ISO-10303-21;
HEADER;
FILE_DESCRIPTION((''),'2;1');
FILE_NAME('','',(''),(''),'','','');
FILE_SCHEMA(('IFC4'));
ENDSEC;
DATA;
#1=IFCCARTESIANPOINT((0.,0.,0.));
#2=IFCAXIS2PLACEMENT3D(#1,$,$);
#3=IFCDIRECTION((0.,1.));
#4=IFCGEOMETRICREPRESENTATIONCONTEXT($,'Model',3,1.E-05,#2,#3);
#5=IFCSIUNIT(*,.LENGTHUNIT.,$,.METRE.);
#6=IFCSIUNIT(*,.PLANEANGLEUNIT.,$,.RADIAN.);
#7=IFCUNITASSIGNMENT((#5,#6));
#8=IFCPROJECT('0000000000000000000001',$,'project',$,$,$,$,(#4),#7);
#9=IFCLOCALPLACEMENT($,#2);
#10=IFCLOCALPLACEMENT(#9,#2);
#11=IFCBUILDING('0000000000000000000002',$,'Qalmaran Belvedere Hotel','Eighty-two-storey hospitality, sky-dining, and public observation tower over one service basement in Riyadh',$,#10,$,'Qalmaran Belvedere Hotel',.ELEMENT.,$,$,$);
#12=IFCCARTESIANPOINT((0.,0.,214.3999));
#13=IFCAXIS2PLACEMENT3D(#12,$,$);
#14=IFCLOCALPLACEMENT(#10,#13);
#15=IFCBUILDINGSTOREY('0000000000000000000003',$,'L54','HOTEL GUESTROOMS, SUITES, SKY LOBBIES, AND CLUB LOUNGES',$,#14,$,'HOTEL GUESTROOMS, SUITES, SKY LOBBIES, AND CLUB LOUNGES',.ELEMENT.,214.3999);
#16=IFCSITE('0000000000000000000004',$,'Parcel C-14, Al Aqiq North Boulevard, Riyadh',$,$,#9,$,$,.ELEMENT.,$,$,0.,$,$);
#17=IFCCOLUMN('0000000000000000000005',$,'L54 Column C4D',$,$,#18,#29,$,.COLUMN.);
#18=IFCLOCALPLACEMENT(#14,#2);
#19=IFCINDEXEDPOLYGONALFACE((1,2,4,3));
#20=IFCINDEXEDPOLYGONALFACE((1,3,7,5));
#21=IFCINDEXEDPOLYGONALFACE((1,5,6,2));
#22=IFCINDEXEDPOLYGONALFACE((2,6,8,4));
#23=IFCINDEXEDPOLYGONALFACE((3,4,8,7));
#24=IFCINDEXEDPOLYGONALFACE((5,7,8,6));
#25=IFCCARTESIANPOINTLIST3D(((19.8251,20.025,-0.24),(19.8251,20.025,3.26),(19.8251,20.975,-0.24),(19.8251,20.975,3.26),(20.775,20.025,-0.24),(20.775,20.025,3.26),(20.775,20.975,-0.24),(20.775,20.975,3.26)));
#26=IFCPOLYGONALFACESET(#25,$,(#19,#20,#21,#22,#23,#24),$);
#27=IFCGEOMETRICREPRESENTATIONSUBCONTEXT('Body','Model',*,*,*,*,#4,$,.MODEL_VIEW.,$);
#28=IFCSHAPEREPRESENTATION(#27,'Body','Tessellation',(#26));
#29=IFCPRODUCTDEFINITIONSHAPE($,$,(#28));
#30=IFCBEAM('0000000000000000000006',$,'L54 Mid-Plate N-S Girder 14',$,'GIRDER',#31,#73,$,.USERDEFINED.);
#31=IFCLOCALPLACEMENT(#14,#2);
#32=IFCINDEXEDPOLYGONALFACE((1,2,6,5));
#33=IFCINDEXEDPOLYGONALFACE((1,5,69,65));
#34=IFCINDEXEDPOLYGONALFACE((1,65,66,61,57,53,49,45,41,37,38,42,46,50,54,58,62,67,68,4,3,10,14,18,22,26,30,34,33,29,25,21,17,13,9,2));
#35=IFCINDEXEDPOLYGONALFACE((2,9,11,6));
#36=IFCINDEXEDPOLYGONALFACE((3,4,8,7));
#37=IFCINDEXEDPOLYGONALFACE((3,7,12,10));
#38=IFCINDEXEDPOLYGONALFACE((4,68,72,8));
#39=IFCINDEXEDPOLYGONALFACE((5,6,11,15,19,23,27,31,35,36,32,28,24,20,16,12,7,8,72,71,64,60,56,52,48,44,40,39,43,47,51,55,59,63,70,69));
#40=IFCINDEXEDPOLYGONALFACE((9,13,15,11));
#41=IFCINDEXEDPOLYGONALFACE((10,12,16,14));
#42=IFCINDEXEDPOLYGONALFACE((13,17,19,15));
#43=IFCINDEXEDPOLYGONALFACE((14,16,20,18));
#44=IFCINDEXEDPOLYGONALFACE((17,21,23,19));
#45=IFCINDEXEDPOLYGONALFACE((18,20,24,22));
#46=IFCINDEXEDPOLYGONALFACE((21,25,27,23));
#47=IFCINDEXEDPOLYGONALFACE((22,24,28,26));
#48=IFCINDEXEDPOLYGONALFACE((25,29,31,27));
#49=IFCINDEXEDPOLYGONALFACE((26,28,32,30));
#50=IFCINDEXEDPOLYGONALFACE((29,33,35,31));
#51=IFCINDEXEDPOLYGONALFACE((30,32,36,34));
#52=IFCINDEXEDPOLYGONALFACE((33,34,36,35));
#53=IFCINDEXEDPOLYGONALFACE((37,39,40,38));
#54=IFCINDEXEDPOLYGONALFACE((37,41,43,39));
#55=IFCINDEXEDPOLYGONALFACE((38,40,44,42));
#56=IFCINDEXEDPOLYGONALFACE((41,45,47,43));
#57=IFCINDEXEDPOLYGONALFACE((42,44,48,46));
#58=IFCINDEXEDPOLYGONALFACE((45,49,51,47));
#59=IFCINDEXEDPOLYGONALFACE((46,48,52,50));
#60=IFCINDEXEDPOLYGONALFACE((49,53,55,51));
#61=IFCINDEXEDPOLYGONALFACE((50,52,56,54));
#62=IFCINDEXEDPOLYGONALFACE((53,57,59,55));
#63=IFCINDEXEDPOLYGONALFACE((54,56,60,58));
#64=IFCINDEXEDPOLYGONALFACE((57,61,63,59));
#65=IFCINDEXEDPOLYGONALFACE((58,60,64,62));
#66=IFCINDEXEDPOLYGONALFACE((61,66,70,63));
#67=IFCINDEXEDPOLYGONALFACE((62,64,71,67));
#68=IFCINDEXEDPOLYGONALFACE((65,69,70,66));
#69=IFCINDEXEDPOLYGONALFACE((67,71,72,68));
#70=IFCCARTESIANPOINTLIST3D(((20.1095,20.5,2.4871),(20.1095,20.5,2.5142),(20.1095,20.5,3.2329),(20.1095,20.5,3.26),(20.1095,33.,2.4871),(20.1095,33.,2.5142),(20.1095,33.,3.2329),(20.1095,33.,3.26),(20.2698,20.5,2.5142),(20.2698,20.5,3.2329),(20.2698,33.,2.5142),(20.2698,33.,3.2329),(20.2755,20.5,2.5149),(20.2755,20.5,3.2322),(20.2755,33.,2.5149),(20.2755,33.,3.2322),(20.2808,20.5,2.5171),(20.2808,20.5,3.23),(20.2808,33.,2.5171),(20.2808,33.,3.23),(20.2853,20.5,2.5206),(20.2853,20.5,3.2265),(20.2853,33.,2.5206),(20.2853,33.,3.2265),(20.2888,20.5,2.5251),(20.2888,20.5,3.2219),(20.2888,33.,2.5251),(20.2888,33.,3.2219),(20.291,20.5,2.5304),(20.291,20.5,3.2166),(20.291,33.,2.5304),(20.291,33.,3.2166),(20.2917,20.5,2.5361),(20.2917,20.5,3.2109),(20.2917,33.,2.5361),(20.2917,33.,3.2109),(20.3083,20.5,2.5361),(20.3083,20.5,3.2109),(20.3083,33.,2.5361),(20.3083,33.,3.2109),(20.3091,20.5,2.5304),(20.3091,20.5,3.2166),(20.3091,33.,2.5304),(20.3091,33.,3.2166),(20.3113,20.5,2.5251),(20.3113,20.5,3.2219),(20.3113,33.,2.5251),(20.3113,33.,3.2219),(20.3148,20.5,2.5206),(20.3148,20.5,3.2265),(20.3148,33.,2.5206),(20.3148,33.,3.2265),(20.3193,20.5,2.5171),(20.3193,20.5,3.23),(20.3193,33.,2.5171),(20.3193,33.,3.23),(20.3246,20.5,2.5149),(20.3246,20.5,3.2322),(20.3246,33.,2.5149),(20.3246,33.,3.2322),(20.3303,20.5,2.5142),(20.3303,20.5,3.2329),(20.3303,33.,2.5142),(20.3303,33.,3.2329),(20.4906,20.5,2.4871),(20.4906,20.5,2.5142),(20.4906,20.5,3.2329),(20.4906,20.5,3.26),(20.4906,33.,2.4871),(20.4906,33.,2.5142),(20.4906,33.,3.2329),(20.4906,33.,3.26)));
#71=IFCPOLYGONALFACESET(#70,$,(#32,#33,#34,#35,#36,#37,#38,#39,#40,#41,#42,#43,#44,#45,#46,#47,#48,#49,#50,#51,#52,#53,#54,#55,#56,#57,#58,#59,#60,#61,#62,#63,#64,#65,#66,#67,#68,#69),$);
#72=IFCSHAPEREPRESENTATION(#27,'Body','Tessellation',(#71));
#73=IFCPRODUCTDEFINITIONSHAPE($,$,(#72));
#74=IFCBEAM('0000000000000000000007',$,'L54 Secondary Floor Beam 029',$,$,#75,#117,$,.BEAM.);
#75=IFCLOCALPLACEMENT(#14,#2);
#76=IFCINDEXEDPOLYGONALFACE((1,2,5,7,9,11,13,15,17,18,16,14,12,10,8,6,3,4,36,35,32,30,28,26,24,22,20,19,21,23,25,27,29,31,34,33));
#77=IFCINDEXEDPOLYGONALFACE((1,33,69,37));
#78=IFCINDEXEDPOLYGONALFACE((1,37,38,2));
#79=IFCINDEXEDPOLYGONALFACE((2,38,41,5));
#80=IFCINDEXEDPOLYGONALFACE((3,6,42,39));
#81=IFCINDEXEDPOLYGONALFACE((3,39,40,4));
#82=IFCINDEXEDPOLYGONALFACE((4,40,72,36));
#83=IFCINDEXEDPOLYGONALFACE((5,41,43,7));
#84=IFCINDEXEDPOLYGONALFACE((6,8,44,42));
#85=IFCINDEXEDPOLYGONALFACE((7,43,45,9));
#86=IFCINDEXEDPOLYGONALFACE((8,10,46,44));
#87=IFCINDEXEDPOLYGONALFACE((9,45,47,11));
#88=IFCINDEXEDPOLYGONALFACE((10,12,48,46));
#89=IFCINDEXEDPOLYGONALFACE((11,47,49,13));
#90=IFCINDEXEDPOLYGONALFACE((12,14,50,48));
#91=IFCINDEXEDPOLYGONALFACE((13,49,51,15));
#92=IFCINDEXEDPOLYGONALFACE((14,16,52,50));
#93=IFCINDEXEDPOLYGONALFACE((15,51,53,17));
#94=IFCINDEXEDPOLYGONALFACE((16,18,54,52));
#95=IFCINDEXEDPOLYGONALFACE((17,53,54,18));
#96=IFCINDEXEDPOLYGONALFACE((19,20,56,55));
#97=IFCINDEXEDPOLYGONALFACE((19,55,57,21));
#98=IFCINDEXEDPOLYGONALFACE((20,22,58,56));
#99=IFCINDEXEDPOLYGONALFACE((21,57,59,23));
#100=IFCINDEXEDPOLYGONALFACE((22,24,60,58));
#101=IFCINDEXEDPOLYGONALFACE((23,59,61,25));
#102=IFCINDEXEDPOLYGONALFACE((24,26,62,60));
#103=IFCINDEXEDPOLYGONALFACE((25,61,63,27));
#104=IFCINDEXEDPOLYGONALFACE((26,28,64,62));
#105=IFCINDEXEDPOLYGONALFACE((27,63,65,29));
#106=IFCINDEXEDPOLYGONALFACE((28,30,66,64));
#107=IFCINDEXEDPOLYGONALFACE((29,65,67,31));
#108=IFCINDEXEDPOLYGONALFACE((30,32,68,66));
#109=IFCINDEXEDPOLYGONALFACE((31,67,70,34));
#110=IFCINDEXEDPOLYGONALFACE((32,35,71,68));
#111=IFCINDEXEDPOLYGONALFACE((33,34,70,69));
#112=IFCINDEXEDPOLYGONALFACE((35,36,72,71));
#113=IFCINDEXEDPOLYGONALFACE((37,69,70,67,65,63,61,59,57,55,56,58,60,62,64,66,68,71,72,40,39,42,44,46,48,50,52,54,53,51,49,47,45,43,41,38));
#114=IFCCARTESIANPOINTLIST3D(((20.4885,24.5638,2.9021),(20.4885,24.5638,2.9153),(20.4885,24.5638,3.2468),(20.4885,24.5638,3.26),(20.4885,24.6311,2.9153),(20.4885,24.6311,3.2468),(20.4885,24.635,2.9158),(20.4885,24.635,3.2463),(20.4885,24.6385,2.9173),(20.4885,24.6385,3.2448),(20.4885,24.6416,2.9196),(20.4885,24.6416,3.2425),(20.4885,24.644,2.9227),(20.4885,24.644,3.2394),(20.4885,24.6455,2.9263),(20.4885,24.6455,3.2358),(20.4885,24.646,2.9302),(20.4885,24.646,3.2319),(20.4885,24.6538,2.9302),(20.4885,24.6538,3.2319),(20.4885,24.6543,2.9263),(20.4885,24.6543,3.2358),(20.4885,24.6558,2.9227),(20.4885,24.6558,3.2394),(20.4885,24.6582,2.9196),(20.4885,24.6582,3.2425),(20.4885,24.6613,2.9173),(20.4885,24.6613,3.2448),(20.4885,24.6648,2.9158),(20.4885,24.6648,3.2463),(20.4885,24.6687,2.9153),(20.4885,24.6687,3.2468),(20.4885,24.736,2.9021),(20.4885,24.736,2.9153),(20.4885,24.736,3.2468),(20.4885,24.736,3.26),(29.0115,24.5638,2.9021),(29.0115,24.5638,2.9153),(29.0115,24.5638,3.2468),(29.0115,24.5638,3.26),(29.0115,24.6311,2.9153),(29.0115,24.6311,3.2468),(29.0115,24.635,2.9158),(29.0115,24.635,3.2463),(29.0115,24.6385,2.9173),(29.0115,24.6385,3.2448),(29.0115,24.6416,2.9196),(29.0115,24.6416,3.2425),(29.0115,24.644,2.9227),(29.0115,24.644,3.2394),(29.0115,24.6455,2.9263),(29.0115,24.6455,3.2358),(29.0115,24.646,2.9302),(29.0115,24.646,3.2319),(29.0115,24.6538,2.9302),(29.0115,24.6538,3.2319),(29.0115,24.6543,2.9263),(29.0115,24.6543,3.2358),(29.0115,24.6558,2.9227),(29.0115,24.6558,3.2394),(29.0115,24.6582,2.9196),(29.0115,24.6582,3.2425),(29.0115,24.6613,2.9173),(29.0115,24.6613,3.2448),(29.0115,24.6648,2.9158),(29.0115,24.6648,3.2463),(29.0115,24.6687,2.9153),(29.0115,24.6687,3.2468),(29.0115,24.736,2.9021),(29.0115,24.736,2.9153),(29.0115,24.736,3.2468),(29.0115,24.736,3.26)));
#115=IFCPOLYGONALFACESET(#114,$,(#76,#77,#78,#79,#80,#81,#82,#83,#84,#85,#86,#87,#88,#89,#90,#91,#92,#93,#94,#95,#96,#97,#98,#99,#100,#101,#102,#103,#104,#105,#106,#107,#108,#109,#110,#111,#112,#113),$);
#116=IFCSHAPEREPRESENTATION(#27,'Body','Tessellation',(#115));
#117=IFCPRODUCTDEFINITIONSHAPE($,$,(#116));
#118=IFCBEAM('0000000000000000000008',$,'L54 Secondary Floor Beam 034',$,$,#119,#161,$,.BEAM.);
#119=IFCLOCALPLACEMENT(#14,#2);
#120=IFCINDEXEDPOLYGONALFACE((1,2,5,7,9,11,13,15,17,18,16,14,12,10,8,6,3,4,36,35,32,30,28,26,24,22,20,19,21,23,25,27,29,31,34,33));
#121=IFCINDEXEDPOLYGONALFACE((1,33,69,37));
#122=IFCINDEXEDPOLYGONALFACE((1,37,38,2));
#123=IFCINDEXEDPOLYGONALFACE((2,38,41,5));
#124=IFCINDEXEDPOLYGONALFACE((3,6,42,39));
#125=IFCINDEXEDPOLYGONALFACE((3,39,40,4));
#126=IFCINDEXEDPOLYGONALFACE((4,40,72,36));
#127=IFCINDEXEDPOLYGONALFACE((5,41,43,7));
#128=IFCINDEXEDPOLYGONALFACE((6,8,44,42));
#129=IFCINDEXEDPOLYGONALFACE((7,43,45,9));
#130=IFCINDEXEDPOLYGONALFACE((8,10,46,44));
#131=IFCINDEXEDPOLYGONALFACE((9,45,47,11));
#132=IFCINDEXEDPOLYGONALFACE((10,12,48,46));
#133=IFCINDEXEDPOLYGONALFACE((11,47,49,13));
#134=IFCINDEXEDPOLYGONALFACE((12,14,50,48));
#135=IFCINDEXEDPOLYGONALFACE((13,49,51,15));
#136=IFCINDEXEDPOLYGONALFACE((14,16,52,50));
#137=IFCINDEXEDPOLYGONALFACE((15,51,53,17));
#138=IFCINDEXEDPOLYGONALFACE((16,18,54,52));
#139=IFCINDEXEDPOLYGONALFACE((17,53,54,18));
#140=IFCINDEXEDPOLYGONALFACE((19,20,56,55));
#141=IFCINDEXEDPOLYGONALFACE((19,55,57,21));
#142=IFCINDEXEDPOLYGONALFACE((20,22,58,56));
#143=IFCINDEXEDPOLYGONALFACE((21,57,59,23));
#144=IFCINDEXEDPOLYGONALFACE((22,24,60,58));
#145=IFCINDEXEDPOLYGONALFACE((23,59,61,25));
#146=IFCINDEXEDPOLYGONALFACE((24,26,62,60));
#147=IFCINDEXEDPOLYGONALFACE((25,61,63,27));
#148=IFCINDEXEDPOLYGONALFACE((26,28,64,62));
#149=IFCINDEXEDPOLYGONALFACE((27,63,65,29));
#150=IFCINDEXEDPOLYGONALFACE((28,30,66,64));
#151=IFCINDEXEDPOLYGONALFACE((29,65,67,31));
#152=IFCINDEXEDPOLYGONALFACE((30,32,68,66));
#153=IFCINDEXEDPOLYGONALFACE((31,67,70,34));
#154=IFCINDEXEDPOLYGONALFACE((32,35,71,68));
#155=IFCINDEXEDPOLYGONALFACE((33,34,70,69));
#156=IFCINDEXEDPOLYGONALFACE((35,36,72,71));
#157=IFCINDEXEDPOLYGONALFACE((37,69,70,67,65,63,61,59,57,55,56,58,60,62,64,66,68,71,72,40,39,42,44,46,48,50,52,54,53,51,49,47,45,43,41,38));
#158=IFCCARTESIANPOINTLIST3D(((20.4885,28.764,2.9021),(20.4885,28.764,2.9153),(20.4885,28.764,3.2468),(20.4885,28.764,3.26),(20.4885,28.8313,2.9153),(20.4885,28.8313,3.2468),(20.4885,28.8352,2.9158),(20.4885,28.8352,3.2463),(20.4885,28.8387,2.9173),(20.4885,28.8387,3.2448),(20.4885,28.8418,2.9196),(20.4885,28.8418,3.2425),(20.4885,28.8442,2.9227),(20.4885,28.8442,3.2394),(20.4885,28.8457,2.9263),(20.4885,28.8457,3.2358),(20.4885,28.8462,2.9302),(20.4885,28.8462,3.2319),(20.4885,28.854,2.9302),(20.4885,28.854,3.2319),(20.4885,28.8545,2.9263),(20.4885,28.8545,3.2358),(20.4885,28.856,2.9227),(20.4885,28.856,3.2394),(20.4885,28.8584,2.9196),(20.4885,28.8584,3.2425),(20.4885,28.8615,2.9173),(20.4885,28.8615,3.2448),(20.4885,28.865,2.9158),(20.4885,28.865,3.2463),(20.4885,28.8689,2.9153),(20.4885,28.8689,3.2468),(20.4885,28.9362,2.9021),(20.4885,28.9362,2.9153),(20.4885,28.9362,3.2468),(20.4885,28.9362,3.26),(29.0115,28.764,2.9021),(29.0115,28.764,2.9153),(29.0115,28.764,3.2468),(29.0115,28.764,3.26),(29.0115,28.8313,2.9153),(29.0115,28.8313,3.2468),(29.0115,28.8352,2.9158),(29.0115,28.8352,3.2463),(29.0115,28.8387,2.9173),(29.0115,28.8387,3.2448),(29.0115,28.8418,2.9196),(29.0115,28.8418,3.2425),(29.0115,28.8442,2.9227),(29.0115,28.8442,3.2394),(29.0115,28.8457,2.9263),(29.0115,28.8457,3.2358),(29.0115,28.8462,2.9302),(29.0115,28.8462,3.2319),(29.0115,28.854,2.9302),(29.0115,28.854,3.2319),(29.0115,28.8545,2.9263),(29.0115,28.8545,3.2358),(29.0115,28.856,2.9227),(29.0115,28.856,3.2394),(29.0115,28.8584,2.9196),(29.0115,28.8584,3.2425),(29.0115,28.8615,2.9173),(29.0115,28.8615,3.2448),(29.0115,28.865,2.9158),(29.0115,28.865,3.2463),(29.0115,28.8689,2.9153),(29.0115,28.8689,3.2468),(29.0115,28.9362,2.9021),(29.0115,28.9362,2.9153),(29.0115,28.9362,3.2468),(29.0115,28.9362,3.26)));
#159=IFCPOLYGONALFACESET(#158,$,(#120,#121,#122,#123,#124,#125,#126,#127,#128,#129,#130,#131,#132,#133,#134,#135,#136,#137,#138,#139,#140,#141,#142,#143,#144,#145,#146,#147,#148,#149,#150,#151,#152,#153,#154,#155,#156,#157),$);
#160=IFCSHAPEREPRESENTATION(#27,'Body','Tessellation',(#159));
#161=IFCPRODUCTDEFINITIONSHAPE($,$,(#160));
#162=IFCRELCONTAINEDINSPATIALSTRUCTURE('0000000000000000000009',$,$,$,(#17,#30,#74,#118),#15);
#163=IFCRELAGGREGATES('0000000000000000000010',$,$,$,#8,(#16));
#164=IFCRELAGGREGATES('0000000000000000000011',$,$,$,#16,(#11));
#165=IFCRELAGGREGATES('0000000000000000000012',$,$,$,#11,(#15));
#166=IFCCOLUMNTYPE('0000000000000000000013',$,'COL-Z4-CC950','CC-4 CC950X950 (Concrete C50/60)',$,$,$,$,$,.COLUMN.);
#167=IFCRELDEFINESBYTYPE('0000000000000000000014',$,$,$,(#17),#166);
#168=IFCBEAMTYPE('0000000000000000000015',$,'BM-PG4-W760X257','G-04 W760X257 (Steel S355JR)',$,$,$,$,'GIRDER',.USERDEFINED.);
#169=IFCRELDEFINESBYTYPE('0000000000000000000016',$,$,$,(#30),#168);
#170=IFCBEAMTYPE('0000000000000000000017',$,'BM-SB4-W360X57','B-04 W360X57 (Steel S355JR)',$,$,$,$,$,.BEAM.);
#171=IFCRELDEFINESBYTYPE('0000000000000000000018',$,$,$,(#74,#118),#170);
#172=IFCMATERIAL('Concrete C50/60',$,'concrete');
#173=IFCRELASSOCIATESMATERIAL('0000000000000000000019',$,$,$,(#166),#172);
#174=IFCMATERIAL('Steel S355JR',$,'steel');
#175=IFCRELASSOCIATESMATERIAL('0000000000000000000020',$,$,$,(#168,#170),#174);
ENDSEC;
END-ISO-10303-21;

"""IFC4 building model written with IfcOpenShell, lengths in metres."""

from ifc_helpers import new_model, si_unit, direction, frame, origin, origin_2d, place, context, subcontext, project, spatial, rectangle, i_section, extrude, material, material_profile, profile_set, type_object, element, save


model = new_model("IFC4")

# Units and contexts
model_context = context("Model", 3, precision=1e-05, world=origin(), true_north=direction((0.0, 1.0)))
body_context = subcontext(model_context, "Body", "Model", "MODEL_VIEW")
ifc_project = project(units=[si_unit("LENGTHUNIT", "METRE"), si_unit("PLANEANGLEUNIT", "RADIAN")], contexts=[model_context])

# Site, building, storey
site_placement = place(None, origin())
site = spatial("IfcSite", under=ifc_project, at=site_placement, Name="Parcel C-14, Al Aqiq North Boulevard, Riyadh", CompositionType="ELEMENT", RefElevation=0.0)
building_placement = place(site_placement, origin())
building = spatial("IfcBuilding", under=site, at=building_placement, Name="Qalmaran Belvedere Hotel", Description="Eighty-two-storey hospitality, sky-dining, and public observation tower over one service basement in Riyadh", LongName="Qalmaran Belvedere Hotel", CompositionType="ELEMENT")
storey_placement = place(building_placement, frame((0.0, 0.0, 214.3999)))
storey = spatial("IfcBuildingStorey", under=building, at=storey_placement, Name="L54", Description="HOTEL GUESTROOMS, SUITES, SKY LOBBIES, AND CLUB LOUNGES", LongName="HOTEL GUESTROOMS, SUITES, SKY LOBBIES, AND CLUB LOUNGES", CompositionType="ELEMENT", Elevation=214.3999)

# Column
ifc_material_1 = material(Name="Concrete C50/60", Category="concrete")
ifc_material_profile_1 = material_profile(ifc_material_1, rectangle(XDim=0.95, YDim=0.95, at=origin_2d()), Name="CC950X950")
ifc_profile_set_1 = profile_set([ifc_material_profile_1], Name="Concrete C50/60")
column_type = type_object("IfcColumnType", Name="COL-Z4-CC950", Description="CC-4 CC950X950 (Concrete C50/60)", PredefinedType="COLUMN", material=ifc_profile_set_1)
column_placement = place(storey_placement, frame((20.3, 20.5, -0.24), z_axis=(0.0, 0.0, 1.0), x_axis=(1.0, 0.0, 0.0)))
element("IfcColumn", 1, at=column_placement, inside=storey, type_object=column_type, Name="L54 Column C4D", PredefinedType="COLUMN", context=body_context, shape_type="SweptSolid", body=[
    extrude(rectangle(XDim=0.95, YDim=0.95, at=origin_2d()), origin(), (0.0, 0.0, 1.0), 3.5),
])

# Beams
ifc_material_2 = material(Name="Steel S355JR", Category="steel")
ifc_material_profile_2 = material_profile(ifc_material_2, i_section(OverallWidth=0.3811, OverallDepth=0.7729, WebThickness=0.0166, FlangeThickness=0.0271, FilletRadius=0.022, at=origin_2d()), Name="W760X257")
ifc_profile_set_2 = profile_set([ifc_material_profile_2], Name="Steel S355JR")
beam_type_1 = type_object("IfcBeamType", Name="BM-PG4-W760X257", Description="G-04 W760X257 (Steel S355JR)", ElementType="GIRDER", PredefinedType="USERDEFINED", material=ifc_profile_set_2)
beam_1_placement = place(storey_placement, frame((20.3, 20.5, 2.8735), z_axis=(0.0, 1.0, 0.0), x_axis=(-1.0, 0.0, 0.0)))
element("IfcBeam", 2, at=beam_1_placement, inside=storey, type_object=beam_type_1, Name="L54 Mid-Plate N-S Girder 14", ObjectType="GIRDER", PredefinedType="USERDEFINED", context=body_context, shape_type="SweptSolid", body=[
    extrude(i_section(OverallWidth=0.3811, OverallDepth=0.7729, WebThickness=0.0166, FlangeThickness=0.0271, FilletRadius=0.022, at=origin_2d()), origin(), (0.0, 0.0, 1.0), 12.5),
])
ifc_material_profile_3 = material_profile(ifc_material_2, i_section(OverallWidth=0.1721, OverallDepth=0.3579, WebThickness=0.0078, FlangeThickness=0.0132, FilletRadius=0.0149, at=origin_2d()), Name="W360X57")
ifc_profile_set_3 = profile_set([ifc_material_profile_3], Name="Steel S355JR")
beam_type_2 = type_object("IfcBeamType", Name="BM-SB4-W360X57", Description="B-04 W360X57 (Steel S355JR)", PredefinedType="BEAM", material=ifc_profile_set_3)
for number, where, z_axis, x_axis, name in (
    (3, (20.4885, 24.6499, 3.0811), (1.0, 0.0, 0.0), (0.0, 1.0, 0.0), "L54 Secondary Floor Beam 029"),
    (4, (20.4885, 28.8501, 3.0811), (1.0, 0.0, 0.0), (0.0, 1.0, 0.0), "L54 Secondary Floor Beam 034"),
):
    element("IfcBeam", number, at=place(storey_placement, frame(where, z_axis=z_axis, x_axis=x_axis)), inside=storey, type_object=beam_type_2, Name=name, PredefinedType="BEAM", context=body_context, shape_type="SweptSolid", body=[
        extrude(i_section(OverallWidth=0.1721, OverallDepth=0.3579, WebThickness=0.0078, FlangeThickness=0.0132, FilletRadius=0.0149, at=origin_2d()), origin(), (0.0, 0.0, 1.0), 8.5229),
    ])

save(model, "model.ifc")
